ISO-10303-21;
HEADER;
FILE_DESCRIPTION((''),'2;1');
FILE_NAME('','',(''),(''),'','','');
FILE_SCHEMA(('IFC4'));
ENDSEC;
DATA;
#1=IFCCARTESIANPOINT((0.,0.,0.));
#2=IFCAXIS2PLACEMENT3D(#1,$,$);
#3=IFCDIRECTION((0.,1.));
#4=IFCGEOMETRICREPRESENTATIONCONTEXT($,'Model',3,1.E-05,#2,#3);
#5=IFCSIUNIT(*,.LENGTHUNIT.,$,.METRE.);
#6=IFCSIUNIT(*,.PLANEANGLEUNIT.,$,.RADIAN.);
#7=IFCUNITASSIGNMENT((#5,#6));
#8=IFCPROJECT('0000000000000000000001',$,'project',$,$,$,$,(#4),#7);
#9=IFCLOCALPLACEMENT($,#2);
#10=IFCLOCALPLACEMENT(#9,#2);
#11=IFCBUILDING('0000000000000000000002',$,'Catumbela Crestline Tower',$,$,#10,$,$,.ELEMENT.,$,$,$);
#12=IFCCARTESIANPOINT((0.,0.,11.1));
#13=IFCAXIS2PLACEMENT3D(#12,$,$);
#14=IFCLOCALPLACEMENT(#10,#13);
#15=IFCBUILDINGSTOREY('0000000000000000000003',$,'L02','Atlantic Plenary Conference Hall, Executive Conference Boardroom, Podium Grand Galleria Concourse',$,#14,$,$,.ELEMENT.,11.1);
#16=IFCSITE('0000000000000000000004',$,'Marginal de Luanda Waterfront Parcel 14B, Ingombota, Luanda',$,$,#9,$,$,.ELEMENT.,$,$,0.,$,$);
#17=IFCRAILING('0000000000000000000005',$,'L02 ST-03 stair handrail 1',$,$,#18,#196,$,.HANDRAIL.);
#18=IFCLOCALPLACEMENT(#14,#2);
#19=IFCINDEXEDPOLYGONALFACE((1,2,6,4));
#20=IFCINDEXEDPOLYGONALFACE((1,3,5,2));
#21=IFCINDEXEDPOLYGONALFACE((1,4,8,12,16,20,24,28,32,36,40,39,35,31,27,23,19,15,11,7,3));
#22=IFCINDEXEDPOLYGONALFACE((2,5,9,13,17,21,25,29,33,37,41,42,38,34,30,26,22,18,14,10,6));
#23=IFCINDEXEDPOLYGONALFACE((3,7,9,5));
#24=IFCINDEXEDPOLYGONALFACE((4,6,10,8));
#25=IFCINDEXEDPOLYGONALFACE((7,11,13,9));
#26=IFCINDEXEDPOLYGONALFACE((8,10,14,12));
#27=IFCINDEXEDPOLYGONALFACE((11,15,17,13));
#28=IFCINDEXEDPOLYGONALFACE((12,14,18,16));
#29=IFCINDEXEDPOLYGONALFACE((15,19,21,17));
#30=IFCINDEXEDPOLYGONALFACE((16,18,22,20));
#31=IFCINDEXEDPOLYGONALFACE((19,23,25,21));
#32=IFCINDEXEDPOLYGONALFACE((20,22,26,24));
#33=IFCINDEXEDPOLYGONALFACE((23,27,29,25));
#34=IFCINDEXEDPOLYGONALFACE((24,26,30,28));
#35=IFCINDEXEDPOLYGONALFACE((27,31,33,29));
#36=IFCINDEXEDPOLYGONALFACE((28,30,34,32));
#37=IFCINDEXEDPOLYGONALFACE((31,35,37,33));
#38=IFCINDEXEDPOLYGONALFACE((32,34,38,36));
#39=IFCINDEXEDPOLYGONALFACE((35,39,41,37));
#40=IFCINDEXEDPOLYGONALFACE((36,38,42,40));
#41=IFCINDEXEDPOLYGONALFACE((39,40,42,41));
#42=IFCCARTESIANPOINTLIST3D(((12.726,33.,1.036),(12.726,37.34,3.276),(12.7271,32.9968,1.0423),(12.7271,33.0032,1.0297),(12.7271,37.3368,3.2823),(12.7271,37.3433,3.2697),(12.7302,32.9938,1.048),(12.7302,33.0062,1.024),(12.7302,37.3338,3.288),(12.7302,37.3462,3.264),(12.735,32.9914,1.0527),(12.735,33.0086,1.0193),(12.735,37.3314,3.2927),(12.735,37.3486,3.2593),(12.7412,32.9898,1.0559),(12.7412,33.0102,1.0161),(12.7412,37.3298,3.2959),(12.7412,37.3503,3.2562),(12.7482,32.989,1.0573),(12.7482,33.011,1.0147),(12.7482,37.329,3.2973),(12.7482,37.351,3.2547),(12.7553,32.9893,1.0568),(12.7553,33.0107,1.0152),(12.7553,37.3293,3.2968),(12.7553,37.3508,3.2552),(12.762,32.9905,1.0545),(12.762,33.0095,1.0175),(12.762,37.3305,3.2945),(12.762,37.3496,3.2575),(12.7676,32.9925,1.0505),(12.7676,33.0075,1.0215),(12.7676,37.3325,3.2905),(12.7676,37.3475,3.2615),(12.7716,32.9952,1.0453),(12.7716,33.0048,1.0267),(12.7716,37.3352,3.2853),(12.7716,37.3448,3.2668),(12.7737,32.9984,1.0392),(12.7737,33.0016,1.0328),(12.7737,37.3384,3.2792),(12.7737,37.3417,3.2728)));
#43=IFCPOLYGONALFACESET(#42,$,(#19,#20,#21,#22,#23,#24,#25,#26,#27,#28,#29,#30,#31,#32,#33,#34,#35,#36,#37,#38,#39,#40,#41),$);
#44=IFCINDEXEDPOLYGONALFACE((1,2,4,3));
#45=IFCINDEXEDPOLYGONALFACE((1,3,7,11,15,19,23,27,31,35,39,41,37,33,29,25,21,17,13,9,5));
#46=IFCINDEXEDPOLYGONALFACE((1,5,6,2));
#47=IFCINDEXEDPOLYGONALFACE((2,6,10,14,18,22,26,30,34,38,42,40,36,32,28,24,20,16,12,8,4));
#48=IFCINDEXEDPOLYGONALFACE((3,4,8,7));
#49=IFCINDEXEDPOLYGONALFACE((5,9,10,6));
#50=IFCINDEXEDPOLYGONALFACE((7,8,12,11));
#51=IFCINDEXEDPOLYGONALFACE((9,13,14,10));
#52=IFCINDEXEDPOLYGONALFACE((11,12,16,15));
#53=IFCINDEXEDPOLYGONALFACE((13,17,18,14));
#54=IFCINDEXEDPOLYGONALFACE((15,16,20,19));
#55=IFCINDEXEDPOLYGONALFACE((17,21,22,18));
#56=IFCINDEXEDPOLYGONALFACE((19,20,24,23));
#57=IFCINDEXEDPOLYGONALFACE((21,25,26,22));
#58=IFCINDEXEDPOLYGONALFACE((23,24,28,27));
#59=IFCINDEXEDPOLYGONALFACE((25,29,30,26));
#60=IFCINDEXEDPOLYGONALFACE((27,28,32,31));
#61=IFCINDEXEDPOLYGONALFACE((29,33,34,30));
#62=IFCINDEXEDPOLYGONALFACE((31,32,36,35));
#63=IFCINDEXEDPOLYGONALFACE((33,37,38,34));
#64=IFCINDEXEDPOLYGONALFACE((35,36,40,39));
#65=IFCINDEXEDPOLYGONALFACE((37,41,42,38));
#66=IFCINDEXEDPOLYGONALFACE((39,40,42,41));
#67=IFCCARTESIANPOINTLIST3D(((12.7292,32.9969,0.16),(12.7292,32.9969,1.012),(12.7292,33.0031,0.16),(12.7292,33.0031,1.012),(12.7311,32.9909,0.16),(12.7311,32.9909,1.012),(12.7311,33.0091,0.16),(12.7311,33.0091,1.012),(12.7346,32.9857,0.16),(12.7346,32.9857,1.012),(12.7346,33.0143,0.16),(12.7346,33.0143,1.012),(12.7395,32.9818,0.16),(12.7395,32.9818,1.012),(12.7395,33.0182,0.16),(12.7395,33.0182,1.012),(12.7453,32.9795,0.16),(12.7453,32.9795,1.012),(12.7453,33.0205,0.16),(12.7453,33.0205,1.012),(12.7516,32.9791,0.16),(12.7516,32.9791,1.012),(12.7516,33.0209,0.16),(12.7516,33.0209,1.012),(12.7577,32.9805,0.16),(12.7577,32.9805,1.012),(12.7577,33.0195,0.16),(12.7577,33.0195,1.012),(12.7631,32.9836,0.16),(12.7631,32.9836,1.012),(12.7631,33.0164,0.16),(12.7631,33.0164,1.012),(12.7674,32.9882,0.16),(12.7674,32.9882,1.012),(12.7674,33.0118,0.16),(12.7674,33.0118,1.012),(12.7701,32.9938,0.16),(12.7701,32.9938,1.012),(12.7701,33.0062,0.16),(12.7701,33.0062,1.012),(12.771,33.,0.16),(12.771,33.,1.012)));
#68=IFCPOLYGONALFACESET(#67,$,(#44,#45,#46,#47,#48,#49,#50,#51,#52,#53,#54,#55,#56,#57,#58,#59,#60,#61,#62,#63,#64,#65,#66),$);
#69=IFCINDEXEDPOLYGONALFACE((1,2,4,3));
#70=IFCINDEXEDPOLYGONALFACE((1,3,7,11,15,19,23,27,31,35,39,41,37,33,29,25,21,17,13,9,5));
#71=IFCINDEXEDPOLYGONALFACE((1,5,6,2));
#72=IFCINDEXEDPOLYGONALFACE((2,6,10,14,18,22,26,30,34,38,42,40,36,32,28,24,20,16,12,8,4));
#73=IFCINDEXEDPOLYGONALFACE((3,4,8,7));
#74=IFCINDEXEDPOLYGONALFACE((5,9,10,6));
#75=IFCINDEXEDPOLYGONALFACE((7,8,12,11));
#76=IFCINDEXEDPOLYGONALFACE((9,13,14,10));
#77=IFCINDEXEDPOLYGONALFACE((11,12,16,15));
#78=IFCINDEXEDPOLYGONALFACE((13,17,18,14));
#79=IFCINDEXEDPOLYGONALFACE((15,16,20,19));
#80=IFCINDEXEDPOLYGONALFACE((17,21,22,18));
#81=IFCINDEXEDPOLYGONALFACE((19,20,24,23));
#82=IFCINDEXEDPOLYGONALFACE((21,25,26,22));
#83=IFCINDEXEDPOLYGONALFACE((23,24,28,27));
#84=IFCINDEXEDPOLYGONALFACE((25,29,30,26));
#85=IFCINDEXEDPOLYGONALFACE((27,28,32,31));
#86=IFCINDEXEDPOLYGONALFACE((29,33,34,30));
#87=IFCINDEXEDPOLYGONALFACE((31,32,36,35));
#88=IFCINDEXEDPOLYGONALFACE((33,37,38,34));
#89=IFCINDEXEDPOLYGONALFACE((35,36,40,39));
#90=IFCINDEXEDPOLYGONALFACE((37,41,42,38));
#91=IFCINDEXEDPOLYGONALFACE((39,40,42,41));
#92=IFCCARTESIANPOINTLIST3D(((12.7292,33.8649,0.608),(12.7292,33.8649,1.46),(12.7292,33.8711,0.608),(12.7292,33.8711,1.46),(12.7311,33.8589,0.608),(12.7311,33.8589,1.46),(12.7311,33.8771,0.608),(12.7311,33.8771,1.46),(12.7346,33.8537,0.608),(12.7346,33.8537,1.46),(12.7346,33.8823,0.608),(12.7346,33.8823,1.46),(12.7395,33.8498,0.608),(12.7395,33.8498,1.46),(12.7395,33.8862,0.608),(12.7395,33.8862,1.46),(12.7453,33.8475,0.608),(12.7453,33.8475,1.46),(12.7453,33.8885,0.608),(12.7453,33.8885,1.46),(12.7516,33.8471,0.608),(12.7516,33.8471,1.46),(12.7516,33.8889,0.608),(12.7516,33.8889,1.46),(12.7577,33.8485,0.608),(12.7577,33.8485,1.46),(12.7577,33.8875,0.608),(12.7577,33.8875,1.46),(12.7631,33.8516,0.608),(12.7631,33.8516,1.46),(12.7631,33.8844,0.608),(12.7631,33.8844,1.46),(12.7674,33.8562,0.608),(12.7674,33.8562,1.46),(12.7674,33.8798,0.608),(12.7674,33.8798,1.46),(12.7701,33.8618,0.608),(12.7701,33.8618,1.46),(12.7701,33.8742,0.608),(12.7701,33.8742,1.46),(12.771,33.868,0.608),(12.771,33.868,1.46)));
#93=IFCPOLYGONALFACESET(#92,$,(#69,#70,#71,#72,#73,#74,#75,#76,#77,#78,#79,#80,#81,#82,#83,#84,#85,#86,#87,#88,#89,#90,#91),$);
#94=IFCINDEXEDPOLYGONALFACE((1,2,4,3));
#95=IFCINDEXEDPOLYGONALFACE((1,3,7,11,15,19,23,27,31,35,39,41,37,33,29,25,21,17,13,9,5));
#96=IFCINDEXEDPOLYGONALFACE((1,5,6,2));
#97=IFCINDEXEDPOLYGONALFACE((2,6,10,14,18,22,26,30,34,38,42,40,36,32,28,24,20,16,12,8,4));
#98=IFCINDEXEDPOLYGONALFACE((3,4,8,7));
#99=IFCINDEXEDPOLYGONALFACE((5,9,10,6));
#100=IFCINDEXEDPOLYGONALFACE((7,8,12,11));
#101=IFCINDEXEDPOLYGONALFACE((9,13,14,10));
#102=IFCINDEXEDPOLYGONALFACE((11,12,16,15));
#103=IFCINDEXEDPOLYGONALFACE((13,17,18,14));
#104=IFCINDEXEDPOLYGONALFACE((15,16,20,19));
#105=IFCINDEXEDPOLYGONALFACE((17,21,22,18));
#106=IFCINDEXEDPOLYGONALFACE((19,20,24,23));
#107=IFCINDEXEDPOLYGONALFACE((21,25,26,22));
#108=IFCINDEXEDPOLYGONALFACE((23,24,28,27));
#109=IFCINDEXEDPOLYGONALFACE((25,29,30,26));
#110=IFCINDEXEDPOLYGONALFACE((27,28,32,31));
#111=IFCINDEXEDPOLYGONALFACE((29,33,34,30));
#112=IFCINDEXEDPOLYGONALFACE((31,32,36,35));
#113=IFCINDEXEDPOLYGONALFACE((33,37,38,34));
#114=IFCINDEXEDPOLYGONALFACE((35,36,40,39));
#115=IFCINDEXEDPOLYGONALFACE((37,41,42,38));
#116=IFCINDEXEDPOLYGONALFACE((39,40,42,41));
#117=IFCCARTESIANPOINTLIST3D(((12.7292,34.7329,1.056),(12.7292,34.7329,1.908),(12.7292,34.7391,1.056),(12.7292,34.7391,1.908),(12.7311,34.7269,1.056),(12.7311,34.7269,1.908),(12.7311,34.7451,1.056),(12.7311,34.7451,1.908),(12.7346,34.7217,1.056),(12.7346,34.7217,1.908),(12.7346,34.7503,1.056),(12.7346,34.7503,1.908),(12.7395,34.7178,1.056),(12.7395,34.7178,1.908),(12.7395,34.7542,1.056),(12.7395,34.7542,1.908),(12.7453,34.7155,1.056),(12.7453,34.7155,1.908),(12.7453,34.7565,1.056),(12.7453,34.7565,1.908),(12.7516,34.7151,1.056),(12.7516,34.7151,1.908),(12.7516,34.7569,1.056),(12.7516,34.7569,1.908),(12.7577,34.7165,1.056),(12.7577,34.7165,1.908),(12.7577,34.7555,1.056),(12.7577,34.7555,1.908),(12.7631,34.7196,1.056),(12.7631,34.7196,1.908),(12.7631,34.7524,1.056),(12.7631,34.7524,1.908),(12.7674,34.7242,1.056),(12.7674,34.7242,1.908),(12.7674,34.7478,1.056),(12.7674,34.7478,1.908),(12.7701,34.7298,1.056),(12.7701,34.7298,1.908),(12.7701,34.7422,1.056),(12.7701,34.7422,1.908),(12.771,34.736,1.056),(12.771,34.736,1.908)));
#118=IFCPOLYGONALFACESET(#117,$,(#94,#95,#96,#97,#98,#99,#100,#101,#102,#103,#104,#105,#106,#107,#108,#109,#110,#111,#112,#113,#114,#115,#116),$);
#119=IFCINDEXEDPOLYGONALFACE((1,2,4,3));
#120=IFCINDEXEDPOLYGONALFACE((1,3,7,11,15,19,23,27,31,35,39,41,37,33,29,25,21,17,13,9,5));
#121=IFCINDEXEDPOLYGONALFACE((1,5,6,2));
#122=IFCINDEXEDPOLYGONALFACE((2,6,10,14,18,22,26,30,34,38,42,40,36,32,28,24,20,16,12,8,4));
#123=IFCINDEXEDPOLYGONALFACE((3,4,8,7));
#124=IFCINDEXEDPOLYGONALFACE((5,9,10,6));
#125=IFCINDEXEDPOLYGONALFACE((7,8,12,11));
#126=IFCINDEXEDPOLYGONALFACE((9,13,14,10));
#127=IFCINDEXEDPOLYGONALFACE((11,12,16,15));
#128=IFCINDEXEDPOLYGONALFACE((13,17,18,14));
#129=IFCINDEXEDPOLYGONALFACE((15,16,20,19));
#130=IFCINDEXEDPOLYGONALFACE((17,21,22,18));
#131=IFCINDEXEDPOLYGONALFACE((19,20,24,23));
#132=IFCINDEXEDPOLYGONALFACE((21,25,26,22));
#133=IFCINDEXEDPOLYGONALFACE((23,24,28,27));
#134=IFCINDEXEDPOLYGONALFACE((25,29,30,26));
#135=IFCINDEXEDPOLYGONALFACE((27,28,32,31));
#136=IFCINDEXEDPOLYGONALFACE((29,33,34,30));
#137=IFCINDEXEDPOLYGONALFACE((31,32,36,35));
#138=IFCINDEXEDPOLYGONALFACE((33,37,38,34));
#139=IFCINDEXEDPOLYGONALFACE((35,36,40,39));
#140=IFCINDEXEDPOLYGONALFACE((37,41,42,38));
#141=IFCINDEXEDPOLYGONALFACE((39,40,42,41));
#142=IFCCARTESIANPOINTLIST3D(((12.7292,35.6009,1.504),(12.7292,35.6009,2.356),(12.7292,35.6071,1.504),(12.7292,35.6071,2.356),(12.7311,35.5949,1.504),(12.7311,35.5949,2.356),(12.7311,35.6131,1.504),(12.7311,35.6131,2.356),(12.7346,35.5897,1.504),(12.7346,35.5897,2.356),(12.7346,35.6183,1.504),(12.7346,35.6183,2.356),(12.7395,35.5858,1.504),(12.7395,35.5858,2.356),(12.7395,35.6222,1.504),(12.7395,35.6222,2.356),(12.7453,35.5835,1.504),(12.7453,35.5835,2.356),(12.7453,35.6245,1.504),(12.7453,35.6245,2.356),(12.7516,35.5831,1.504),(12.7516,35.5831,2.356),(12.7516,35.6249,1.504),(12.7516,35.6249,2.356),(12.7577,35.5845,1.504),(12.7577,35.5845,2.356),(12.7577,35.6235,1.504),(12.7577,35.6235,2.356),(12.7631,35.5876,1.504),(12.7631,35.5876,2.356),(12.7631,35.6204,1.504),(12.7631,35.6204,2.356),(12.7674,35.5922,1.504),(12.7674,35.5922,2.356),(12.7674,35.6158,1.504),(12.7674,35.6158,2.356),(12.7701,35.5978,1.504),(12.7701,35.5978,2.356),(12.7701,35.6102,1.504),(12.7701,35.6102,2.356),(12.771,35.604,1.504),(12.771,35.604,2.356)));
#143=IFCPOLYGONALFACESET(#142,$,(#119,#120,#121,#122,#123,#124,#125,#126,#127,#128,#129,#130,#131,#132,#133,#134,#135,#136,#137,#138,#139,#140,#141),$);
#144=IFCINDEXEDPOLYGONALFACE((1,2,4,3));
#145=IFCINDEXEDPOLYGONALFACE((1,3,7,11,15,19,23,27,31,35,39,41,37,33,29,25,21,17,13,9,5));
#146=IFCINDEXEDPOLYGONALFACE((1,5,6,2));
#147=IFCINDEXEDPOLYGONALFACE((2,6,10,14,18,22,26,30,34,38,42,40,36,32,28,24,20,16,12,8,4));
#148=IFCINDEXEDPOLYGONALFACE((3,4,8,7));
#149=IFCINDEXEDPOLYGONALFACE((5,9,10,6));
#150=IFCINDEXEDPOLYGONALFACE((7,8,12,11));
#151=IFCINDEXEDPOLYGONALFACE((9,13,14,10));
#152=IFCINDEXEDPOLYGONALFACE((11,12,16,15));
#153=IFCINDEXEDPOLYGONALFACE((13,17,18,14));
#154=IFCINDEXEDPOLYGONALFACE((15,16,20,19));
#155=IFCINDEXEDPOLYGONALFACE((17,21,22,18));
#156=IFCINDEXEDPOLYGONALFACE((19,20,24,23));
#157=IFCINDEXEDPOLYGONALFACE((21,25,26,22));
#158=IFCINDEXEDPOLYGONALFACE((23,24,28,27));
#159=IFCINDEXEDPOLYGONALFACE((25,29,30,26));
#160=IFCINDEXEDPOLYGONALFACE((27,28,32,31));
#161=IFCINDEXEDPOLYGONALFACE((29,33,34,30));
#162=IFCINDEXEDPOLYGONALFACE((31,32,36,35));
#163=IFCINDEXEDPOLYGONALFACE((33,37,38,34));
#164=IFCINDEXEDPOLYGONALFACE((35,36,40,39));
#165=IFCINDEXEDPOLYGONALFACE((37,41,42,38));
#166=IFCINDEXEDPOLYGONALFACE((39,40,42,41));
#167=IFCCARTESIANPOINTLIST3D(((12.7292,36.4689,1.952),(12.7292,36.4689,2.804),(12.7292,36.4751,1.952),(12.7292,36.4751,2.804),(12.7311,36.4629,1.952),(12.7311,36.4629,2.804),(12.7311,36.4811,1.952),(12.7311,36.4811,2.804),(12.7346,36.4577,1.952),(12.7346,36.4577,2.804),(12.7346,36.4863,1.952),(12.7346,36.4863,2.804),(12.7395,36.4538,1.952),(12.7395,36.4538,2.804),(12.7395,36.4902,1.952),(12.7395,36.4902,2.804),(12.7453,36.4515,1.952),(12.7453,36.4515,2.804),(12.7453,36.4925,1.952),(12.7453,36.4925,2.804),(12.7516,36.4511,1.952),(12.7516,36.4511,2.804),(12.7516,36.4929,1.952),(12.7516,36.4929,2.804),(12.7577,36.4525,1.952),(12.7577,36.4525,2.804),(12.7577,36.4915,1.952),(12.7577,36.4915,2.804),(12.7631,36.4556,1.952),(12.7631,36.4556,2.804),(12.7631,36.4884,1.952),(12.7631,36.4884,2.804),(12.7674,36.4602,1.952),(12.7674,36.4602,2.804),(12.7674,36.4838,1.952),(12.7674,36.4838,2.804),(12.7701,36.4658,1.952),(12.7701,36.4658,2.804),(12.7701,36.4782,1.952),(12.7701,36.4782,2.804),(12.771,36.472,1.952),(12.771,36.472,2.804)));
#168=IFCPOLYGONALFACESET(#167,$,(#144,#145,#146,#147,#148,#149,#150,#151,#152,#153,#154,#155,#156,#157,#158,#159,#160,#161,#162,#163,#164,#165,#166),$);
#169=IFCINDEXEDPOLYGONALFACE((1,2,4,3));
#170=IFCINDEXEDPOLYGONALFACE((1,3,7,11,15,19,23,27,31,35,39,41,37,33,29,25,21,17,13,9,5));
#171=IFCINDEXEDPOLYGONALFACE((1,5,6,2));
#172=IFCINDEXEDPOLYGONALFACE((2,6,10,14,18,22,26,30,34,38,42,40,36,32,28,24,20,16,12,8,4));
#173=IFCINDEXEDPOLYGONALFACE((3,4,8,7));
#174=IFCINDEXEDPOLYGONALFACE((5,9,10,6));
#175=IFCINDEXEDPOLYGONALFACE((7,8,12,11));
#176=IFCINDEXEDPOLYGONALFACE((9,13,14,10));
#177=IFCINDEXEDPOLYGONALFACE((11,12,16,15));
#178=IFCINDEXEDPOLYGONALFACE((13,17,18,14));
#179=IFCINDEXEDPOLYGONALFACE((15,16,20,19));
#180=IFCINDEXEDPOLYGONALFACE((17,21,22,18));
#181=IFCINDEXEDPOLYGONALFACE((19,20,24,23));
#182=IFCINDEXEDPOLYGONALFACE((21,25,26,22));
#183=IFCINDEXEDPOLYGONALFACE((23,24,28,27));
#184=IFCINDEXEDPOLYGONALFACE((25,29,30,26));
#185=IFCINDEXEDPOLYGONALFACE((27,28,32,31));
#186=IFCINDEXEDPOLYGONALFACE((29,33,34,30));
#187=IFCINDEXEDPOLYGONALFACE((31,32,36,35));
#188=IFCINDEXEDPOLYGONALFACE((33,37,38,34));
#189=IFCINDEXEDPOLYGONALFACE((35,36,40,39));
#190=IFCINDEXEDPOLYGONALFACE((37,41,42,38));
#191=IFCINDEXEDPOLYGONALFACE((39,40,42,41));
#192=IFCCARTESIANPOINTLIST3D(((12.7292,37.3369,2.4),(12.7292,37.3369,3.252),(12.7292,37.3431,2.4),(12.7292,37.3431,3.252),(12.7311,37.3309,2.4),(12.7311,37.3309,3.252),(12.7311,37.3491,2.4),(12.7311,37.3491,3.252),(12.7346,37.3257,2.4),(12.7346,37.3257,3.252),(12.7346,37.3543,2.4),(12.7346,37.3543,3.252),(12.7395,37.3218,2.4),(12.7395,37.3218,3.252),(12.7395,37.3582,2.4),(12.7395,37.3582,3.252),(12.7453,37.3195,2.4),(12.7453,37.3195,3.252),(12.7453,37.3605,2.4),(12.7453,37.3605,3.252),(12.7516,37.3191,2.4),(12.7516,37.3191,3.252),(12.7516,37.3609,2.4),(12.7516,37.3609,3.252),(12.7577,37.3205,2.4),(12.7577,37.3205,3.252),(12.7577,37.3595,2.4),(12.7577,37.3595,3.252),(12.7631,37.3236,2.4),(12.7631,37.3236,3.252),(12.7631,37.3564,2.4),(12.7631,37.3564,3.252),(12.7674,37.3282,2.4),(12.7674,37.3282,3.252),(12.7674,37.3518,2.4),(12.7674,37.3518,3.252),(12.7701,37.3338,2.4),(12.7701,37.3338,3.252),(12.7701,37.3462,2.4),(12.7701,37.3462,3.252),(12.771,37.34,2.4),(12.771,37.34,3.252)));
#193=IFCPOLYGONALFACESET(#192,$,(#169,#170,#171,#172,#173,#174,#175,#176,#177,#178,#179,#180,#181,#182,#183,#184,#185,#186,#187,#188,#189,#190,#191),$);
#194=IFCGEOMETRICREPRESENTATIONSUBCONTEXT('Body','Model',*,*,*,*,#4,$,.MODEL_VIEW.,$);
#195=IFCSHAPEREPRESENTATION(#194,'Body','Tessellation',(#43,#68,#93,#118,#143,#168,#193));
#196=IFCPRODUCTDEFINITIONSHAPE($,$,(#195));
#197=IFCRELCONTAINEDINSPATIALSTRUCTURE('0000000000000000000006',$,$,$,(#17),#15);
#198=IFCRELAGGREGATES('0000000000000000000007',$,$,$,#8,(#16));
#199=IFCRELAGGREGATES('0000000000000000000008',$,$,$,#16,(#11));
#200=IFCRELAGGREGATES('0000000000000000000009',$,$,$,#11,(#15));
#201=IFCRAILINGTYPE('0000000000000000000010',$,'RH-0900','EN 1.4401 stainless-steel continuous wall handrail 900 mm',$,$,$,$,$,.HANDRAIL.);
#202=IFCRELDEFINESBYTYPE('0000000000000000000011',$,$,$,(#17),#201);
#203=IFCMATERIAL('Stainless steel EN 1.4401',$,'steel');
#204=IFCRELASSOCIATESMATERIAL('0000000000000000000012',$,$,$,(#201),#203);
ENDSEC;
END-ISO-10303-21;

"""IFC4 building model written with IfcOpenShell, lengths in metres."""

from ifc_helpers import new_model, si_unit, direction, frame, origin, origin_2d, place, context, subcontext, project, spatial, circle, extrude, material, type_object, element, save


model = new_model("IFC4")

# Units and contexts
model_context = context("Model", 3, precision=1e-05, world=origin(), true_north=direction((0.0, 1.0)))
body_context = subcontext(model_context, "Body", "Model", "MODEL_VIEW")
ifc_project = project(units=[si_unit("LENGTHUNIT", "METRE"), si_unit("PLANEANGLEUNIT", "RADIAN")], contexts=[model_context])

# Site, building, storey
site_placement = place(None, origin())
site = spatial("IfcSite", under=ifc_project, at=site_placement, Name="Marginal de Luanda Waterfront Parcel 14B, Ingombota, Luanda", CompositionType="ELEMENT", RefElevation=0.0)
building_placement = place(site_placement, origin())
building = spatial("IfcBuilding", under=site, at=building_placement, Name="Catumbela Crestline Tower", CompositionType="ELEMENT")
storey_placement = place(building_placement, frame((0.0, 0.0, 11.1)))
storey = spatial("IfcBuildingStorey", under=building, at=storey_placement, Name="L02", Description="Atlantic Plenary Conference Hall, Executive Conference Boardroom, Podium Grand Galleria Concourse", CompositionType="ELEMENT", Elevation=11.1)

# Shared definitions
ifc_material_1 = material(Name="Stainless steel EN 1.4401", Category="steel")

# Railing
railing_type_1 = type_object("IfcRailingType", Name="RH-0900", Description="EN 1.4401 stainless-steel continuous wall handrail 900 mm", PredefinedType="HANDRAIL", material=ifc_material_1)
for number, where, name in (
    (1, (12.75, 33.0, 0.16), "L02 ST-03 stair handrail 1"),
):
    element("IfcRailing", number, at=place(storey_placement, frame(where)), inside=storey, type_object=railing_type_1, Name=name, PredefinedType="HANDRAIL", context=body_context, shape_type="SweptSolid", body=[
        extrude(circle(Radius=0.024, at=origin_2d()), frame((0.0, 0.0, 0.876), z_axis=(0.0, 0.888621, 0.458643), x_axis=(-1.0, 0.0, 0.0)), (0.0, 0.0, 1.0), 4.884),
        extrude(circle(Radius=0.021, at=origin_2d()), origin(), (0.0, 0.0, 1.0), 0.852),
        extrude(circle(Radius=0.021, at=origin_2d()), frame((0.0, 0.868, 0.448)), (0.0, 0.0, 1.0), 0.852),
        extrude(circle(Radius=0.021, at=origin_2d()), frame((0.0, 1.736, 0.896)), (0.0, 0.0, 1.0), 0.852),
        extrude(circle(Radius=0.021, at=origin_2d()), frame((0.0, 2.604, 1.344)), (0.0, 0.0, 1.0), 0.852),
        extrude(circle(Radius=0.021, at=origin_2d()), frame((0.0, 3.472, 1.792)), (0.0, 0.0, 1.0), 0.852),
        extrude(circle(Radius=0.021, at=origin_2d()), frame((0.0, 4.34, 2.24)), (0.0, 0.0, 1.0), 0.852),
    ])

save(model, "model.ifc")
